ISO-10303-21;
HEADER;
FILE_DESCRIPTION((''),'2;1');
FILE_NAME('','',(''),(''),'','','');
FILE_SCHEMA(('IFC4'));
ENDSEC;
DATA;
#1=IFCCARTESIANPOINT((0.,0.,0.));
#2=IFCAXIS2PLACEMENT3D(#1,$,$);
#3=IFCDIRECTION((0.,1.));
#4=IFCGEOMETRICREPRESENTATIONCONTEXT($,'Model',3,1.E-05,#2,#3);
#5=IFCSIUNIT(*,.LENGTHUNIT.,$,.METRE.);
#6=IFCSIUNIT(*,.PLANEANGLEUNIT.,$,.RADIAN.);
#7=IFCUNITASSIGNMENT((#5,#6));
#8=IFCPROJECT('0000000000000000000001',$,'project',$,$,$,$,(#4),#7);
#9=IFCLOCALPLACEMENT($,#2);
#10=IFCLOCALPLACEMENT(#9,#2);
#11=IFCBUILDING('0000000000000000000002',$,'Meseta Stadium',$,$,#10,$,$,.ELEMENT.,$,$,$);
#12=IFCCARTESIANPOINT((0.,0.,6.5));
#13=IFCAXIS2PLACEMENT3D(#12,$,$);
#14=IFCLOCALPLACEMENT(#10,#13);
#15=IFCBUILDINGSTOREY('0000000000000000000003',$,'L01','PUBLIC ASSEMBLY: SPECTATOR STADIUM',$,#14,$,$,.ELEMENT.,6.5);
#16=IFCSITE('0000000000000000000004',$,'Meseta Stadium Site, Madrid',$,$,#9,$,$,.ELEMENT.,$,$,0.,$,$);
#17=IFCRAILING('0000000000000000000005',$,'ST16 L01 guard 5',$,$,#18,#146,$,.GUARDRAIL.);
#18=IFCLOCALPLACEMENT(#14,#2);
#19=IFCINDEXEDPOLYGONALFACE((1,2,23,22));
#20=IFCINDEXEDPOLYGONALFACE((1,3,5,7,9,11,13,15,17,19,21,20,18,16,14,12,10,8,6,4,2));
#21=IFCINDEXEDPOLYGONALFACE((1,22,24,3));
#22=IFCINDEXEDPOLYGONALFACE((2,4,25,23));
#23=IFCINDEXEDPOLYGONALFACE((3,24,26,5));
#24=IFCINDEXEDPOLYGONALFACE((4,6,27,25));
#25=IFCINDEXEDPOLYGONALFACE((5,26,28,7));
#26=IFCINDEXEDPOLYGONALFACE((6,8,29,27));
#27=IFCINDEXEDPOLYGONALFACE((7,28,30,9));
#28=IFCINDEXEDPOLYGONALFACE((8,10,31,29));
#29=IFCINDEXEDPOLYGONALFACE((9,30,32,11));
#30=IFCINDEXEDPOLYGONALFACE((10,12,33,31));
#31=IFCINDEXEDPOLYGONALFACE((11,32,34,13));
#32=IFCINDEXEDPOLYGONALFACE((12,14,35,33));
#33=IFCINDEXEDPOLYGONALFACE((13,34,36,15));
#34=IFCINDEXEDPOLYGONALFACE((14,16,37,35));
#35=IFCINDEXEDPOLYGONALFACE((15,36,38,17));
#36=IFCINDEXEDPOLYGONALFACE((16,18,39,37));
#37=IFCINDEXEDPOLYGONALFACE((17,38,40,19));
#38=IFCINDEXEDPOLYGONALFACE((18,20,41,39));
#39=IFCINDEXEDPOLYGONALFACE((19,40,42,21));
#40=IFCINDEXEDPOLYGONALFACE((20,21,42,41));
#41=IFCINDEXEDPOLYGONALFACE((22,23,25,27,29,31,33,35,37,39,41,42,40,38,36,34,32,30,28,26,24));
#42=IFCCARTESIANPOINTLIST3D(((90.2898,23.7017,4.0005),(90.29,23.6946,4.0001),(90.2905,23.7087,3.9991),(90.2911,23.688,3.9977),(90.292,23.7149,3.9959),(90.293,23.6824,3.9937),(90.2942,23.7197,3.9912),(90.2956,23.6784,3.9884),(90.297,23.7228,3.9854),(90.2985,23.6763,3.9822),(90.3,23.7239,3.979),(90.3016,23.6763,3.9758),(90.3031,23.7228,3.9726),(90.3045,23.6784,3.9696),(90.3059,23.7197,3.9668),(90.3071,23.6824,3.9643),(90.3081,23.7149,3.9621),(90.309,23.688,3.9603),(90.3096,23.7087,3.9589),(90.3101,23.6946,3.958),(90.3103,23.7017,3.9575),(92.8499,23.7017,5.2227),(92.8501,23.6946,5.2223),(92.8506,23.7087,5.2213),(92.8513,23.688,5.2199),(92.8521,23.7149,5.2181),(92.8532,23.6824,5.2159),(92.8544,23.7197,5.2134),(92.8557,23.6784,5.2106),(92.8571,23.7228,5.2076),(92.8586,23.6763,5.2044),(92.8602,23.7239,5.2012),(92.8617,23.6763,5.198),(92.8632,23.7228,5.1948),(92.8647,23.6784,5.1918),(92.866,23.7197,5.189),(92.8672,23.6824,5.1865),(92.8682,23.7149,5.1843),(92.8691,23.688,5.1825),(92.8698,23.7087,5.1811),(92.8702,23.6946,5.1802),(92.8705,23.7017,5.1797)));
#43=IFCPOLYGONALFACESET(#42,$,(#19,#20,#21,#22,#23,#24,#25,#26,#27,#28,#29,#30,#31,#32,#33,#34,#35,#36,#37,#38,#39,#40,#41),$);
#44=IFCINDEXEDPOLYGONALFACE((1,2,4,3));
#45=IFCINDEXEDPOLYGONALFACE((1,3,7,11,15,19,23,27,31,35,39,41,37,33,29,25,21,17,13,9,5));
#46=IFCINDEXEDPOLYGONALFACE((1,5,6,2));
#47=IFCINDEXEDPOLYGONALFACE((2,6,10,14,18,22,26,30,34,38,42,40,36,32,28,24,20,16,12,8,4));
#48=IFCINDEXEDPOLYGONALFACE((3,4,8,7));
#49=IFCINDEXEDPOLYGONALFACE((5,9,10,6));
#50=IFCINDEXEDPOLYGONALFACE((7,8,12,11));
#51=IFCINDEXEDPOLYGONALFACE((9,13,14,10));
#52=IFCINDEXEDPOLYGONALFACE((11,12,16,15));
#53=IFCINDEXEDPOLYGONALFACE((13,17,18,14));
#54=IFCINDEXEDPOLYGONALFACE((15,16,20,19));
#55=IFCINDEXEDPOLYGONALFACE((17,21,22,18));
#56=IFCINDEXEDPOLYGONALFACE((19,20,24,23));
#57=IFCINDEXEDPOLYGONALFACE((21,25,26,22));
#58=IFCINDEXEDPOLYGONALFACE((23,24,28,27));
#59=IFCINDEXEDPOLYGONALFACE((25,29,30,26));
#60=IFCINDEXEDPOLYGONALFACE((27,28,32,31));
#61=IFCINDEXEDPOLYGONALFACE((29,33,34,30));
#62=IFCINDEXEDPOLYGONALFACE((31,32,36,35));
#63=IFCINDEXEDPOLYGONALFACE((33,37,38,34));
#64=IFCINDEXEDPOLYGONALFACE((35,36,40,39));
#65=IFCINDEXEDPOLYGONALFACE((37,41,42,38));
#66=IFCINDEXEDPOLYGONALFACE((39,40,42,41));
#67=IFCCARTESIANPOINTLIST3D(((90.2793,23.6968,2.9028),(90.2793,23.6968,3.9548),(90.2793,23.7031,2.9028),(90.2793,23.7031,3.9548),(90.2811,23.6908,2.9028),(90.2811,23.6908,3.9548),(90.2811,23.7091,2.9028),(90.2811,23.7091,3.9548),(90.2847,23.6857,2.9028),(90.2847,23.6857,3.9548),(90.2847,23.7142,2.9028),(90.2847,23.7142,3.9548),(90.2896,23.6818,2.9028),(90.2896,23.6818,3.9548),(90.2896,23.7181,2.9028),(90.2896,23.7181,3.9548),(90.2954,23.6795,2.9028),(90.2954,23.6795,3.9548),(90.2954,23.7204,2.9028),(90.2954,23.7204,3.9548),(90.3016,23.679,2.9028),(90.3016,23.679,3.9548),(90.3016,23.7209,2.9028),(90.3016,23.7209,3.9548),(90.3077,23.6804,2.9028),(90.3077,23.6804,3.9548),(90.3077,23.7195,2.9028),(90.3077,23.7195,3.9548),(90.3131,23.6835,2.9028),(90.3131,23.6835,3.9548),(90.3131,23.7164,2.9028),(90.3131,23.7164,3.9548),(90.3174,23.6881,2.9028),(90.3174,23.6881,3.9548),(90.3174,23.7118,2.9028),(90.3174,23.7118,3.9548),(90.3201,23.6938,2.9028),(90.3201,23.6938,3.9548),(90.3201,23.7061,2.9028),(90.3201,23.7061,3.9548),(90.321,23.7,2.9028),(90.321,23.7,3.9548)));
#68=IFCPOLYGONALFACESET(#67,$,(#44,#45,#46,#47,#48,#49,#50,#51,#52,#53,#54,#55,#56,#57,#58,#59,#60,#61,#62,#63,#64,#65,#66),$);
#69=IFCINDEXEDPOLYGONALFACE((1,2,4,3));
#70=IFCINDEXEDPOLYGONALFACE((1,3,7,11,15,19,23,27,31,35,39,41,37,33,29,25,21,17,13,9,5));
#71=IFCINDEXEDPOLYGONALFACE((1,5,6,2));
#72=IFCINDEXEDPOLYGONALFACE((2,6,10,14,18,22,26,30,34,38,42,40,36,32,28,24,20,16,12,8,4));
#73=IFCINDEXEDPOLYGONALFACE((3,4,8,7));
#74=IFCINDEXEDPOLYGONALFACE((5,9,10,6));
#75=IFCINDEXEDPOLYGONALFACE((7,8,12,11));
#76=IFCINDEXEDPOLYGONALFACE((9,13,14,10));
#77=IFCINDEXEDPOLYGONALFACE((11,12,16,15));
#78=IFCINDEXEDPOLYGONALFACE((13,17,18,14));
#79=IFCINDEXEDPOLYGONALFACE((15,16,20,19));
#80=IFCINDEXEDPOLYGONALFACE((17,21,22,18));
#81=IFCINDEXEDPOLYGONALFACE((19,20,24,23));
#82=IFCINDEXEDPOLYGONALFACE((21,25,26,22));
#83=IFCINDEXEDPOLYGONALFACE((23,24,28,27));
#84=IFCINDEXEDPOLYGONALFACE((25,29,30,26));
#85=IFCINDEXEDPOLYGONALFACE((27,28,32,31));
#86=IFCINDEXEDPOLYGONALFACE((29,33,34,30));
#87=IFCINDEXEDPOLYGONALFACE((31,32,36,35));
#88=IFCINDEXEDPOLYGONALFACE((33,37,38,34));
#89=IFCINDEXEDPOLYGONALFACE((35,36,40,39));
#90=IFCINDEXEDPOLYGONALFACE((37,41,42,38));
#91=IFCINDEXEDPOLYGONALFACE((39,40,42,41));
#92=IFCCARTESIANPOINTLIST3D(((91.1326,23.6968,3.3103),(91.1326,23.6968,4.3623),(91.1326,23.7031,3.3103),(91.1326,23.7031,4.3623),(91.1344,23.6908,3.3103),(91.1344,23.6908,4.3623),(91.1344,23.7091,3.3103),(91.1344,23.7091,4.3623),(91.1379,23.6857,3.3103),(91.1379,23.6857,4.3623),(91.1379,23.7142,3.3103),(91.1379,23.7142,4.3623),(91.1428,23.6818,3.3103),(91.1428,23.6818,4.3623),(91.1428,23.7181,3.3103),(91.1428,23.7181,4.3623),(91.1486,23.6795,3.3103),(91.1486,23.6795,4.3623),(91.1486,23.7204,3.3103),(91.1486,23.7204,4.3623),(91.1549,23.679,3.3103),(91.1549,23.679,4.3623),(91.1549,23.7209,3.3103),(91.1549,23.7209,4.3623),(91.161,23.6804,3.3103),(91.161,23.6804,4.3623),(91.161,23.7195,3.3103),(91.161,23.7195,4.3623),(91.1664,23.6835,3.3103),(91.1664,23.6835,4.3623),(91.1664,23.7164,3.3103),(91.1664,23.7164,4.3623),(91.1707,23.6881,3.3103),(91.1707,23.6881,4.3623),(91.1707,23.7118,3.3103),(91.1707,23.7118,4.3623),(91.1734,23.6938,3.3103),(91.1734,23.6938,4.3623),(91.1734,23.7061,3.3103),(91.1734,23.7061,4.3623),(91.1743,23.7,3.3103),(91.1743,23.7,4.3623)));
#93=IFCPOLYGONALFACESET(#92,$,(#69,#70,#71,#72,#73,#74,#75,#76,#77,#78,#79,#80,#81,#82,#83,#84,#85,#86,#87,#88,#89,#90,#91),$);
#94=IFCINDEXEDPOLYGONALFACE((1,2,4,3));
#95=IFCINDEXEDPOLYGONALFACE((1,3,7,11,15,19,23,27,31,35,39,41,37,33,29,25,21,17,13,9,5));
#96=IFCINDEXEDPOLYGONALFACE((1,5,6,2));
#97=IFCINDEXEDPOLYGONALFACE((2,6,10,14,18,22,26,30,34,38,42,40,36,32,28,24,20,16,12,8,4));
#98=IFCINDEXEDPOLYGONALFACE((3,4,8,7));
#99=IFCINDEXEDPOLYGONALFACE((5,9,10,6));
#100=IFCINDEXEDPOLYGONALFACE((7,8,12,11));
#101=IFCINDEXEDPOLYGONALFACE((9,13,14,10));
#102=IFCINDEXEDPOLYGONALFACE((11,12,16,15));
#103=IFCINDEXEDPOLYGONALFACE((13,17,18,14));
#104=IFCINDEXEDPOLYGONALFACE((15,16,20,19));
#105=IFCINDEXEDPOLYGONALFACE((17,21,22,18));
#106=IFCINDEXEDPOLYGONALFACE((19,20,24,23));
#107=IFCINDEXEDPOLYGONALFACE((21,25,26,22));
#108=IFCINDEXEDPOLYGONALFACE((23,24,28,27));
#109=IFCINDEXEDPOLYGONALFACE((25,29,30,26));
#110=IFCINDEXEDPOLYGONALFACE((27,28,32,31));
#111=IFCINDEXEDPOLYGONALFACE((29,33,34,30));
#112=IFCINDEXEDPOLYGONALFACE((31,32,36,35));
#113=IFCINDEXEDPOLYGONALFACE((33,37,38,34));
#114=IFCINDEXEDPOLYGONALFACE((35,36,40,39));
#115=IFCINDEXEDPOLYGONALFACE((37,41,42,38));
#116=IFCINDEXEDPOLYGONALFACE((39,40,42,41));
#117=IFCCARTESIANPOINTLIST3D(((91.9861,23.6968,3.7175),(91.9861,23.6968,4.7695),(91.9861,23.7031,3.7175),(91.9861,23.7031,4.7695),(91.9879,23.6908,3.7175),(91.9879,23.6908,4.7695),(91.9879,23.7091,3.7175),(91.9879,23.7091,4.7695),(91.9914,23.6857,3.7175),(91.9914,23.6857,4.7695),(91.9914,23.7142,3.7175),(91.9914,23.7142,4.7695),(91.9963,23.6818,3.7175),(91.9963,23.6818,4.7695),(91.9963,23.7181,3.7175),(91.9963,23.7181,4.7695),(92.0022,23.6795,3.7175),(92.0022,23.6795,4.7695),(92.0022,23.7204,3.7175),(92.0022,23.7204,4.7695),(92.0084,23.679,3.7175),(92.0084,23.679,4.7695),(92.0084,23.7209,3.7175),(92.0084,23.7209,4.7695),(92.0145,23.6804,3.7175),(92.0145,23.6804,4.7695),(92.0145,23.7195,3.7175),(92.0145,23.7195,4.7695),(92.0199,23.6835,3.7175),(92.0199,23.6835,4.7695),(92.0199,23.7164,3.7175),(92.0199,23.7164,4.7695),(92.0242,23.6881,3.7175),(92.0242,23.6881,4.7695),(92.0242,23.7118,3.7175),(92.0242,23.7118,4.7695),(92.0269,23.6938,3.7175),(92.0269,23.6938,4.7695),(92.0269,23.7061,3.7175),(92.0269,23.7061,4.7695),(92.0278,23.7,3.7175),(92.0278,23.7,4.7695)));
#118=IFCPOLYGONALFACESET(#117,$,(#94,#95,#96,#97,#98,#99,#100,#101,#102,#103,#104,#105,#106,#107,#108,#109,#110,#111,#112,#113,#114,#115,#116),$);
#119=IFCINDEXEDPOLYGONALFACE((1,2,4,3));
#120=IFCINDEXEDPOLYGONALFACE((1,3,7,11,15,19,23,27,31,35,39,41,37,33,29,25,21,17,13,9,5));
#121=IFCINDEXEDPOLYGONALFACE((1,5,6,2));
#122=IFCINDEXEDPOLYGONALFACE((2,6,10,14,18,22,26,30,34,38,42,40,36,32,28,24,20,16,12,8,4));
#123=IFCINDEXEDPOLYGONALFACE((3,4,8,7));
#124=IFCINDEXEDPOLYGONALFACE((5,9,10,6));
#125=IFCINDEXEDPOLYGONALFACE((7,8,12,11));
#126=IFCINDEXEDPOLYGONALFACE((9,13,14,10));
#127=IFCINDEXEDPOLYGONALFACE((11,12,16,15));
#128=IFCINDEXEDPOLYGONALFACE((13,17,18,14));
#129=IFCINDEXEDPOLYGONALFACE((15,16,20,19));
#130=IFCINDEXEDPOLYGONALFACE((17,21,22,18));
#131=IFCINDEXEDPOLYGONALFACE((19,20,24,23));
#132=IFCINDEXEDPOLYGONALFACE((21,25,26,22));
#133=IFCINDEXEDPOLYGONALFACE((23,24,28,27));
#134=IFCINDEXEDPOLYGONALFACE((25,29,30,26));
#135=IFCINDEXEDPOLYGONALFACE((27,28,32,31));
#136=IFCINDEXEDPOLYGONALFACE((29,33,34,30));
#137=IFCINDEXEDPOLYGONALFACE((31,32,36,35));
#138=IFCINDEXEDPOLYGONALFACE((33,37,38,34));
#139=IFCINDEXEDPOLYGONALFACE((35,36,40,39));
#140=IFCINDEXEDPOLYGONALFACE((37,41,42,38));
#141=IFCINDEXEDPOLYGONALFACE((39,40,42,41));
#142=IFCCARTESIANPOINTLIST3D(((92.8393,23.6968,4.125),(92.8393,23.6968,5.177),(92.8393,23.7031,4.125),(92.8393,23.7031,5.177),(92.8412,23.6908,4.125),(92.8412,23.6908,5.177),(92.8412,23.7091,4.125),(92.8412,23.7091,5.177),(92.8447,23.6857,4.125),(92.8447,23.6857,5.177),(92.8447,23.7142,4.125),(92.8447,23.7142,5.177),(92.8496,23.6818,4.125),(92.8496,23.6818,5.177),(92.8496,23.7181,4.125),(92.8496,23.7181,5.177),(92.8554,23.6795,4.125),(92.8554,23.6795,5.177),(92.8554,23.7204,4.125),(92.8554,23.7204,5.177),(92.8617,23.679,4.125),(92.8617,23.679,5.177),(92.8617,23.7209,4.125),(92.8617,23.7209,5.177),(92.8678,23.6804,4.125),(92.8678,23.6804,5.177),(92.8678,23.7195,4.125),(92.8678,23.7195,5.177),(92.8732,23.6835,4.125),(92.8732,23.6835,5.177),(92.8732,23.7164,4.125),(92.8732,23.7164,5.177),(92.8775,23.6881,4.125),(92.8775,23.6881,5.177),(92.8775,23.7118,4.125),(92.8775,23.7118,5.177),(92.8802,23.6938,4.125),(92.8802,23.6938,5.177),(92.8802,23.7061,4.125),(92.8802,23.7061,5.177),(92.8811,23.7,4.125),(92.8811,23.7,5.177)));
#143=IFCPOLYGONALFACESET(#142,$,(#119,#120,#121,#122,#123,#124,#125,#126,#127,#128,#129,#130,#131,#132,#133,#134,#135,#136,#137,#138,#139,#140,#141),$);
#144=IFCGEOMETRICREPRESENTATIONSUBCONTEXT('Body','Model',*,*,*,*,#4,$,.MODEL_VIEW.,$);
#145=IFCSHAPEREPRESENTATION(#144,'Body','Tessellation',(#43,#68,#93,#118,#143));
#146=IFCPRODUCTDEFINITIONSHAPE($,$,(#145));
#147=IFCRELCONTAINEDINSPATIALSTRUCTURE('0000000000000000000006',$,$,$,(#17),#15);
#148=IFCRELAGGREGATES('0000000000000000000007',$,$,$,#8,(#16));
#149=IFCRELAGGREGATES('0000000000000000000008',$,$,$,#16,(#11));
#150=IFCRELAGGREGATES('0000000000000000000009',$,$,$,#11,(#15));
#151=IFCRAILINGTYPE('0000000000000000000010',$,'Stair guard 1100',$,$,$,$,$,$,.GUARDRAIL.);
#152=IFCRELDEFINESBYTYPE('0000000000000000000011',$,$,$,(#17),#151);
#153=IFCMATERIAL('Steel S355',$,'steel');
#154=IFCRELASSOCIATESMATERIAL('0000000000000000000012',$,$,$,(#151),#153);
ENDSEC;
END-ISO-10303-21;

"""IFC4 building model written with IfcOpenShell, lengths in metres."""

from ifc_helpers import new_model, si_unit, direction, frame, origin, origin_2d, place, context, subcontext, project, spatial, circle, extrude, material, type_object, element, save


model = new_model("IFC4")

# Units and contexts
model_context = context("Model", 3, precision=1e-05, world=origin(), true_north=direction((0.0, 1.0)))
body_context = subcontext(model_context, "Body", "Model", "MODEL_VIEW")
ifc_project = project(units=[si_unit("LENGTHUNIT", "METRE"), si_unit("PLANEANGLEUNIT", "RADIAN")], contexts=[model_context])

# Site, building, storey
site_placement = place(None, origin())
site = spatial("IfcSite", under=ifc_project, at=site_placement, Name="Meseta Stadium Site, Madrid", CompositionType="ELEMENT", RefElevation=0.0)
building_placement = place(site_placement, origin())
building = spatial("IfcBuilding", under=site, at=building_placement, Name="Meseta Stadium", CompositionType="ELEMENT")
storey_placement = place(building_placement, frame((0.0, 0.0, 6.5)))
storey = spatial("IfcBuildingStorey", under=building, at=storey_placement, Name="L01", Description="PUBLIC ASSEMBLY: SPECTATOR STADIUM", CompositionType="ELEMENT", Elevation=6.5)

# Railing
ifc_material_1 = material(Name="Steel S355", Category="steel")
railing_type_1 = type_object("IfcRailingType", Name="Stair guard 1100", PredefinedType="GUARDRAIL", material=ifc_material_1)
railing_1_placement = place(storey_placement, frame((90.3, 23.7, 2.9028)))
element("IfcRailing", 1, at=railing_1_placement, inside=storey, type_object=railing_type_1, Name="ST16 L01 guard 5", PredefinedType="GUARDRAIL", context=body_context, shape_type="SweptSolid", body=[
    extrude(circle(Radius=0.0239, at=origin_2d()), frame((0.0, 0.0, 1.0762), z_axis=(0.902437, 0.0, 0.430822), x_axis=(0.0, 1.0, 0.0)), (0.0, 0.0, 1.0), 2.8369),
    extrude(circle(Radius=0.021, at=origin_2d()), origin(), (0.0, 0.0, 1.0), 1.052),
    extrude(circle(Radius=0.021, at=origin_2d()), frame((0.8533, 0.0, 0.4075)), (0.0, 0.0, 1.0), 1.052),
    extrude(circle(Radius=0.021, at=origin_2d()), frame((1.7068, 0.0, 0.8147)), (0.0, 0.0, 1.0), 1.052),
    extrude(circle(Radius=0.021, at=origin_2d()), frame((2.5601, 0.0, 1.2222)), (0.0, 0.0, 1.0), 1.052),
])

save(model, "model.ifc")
